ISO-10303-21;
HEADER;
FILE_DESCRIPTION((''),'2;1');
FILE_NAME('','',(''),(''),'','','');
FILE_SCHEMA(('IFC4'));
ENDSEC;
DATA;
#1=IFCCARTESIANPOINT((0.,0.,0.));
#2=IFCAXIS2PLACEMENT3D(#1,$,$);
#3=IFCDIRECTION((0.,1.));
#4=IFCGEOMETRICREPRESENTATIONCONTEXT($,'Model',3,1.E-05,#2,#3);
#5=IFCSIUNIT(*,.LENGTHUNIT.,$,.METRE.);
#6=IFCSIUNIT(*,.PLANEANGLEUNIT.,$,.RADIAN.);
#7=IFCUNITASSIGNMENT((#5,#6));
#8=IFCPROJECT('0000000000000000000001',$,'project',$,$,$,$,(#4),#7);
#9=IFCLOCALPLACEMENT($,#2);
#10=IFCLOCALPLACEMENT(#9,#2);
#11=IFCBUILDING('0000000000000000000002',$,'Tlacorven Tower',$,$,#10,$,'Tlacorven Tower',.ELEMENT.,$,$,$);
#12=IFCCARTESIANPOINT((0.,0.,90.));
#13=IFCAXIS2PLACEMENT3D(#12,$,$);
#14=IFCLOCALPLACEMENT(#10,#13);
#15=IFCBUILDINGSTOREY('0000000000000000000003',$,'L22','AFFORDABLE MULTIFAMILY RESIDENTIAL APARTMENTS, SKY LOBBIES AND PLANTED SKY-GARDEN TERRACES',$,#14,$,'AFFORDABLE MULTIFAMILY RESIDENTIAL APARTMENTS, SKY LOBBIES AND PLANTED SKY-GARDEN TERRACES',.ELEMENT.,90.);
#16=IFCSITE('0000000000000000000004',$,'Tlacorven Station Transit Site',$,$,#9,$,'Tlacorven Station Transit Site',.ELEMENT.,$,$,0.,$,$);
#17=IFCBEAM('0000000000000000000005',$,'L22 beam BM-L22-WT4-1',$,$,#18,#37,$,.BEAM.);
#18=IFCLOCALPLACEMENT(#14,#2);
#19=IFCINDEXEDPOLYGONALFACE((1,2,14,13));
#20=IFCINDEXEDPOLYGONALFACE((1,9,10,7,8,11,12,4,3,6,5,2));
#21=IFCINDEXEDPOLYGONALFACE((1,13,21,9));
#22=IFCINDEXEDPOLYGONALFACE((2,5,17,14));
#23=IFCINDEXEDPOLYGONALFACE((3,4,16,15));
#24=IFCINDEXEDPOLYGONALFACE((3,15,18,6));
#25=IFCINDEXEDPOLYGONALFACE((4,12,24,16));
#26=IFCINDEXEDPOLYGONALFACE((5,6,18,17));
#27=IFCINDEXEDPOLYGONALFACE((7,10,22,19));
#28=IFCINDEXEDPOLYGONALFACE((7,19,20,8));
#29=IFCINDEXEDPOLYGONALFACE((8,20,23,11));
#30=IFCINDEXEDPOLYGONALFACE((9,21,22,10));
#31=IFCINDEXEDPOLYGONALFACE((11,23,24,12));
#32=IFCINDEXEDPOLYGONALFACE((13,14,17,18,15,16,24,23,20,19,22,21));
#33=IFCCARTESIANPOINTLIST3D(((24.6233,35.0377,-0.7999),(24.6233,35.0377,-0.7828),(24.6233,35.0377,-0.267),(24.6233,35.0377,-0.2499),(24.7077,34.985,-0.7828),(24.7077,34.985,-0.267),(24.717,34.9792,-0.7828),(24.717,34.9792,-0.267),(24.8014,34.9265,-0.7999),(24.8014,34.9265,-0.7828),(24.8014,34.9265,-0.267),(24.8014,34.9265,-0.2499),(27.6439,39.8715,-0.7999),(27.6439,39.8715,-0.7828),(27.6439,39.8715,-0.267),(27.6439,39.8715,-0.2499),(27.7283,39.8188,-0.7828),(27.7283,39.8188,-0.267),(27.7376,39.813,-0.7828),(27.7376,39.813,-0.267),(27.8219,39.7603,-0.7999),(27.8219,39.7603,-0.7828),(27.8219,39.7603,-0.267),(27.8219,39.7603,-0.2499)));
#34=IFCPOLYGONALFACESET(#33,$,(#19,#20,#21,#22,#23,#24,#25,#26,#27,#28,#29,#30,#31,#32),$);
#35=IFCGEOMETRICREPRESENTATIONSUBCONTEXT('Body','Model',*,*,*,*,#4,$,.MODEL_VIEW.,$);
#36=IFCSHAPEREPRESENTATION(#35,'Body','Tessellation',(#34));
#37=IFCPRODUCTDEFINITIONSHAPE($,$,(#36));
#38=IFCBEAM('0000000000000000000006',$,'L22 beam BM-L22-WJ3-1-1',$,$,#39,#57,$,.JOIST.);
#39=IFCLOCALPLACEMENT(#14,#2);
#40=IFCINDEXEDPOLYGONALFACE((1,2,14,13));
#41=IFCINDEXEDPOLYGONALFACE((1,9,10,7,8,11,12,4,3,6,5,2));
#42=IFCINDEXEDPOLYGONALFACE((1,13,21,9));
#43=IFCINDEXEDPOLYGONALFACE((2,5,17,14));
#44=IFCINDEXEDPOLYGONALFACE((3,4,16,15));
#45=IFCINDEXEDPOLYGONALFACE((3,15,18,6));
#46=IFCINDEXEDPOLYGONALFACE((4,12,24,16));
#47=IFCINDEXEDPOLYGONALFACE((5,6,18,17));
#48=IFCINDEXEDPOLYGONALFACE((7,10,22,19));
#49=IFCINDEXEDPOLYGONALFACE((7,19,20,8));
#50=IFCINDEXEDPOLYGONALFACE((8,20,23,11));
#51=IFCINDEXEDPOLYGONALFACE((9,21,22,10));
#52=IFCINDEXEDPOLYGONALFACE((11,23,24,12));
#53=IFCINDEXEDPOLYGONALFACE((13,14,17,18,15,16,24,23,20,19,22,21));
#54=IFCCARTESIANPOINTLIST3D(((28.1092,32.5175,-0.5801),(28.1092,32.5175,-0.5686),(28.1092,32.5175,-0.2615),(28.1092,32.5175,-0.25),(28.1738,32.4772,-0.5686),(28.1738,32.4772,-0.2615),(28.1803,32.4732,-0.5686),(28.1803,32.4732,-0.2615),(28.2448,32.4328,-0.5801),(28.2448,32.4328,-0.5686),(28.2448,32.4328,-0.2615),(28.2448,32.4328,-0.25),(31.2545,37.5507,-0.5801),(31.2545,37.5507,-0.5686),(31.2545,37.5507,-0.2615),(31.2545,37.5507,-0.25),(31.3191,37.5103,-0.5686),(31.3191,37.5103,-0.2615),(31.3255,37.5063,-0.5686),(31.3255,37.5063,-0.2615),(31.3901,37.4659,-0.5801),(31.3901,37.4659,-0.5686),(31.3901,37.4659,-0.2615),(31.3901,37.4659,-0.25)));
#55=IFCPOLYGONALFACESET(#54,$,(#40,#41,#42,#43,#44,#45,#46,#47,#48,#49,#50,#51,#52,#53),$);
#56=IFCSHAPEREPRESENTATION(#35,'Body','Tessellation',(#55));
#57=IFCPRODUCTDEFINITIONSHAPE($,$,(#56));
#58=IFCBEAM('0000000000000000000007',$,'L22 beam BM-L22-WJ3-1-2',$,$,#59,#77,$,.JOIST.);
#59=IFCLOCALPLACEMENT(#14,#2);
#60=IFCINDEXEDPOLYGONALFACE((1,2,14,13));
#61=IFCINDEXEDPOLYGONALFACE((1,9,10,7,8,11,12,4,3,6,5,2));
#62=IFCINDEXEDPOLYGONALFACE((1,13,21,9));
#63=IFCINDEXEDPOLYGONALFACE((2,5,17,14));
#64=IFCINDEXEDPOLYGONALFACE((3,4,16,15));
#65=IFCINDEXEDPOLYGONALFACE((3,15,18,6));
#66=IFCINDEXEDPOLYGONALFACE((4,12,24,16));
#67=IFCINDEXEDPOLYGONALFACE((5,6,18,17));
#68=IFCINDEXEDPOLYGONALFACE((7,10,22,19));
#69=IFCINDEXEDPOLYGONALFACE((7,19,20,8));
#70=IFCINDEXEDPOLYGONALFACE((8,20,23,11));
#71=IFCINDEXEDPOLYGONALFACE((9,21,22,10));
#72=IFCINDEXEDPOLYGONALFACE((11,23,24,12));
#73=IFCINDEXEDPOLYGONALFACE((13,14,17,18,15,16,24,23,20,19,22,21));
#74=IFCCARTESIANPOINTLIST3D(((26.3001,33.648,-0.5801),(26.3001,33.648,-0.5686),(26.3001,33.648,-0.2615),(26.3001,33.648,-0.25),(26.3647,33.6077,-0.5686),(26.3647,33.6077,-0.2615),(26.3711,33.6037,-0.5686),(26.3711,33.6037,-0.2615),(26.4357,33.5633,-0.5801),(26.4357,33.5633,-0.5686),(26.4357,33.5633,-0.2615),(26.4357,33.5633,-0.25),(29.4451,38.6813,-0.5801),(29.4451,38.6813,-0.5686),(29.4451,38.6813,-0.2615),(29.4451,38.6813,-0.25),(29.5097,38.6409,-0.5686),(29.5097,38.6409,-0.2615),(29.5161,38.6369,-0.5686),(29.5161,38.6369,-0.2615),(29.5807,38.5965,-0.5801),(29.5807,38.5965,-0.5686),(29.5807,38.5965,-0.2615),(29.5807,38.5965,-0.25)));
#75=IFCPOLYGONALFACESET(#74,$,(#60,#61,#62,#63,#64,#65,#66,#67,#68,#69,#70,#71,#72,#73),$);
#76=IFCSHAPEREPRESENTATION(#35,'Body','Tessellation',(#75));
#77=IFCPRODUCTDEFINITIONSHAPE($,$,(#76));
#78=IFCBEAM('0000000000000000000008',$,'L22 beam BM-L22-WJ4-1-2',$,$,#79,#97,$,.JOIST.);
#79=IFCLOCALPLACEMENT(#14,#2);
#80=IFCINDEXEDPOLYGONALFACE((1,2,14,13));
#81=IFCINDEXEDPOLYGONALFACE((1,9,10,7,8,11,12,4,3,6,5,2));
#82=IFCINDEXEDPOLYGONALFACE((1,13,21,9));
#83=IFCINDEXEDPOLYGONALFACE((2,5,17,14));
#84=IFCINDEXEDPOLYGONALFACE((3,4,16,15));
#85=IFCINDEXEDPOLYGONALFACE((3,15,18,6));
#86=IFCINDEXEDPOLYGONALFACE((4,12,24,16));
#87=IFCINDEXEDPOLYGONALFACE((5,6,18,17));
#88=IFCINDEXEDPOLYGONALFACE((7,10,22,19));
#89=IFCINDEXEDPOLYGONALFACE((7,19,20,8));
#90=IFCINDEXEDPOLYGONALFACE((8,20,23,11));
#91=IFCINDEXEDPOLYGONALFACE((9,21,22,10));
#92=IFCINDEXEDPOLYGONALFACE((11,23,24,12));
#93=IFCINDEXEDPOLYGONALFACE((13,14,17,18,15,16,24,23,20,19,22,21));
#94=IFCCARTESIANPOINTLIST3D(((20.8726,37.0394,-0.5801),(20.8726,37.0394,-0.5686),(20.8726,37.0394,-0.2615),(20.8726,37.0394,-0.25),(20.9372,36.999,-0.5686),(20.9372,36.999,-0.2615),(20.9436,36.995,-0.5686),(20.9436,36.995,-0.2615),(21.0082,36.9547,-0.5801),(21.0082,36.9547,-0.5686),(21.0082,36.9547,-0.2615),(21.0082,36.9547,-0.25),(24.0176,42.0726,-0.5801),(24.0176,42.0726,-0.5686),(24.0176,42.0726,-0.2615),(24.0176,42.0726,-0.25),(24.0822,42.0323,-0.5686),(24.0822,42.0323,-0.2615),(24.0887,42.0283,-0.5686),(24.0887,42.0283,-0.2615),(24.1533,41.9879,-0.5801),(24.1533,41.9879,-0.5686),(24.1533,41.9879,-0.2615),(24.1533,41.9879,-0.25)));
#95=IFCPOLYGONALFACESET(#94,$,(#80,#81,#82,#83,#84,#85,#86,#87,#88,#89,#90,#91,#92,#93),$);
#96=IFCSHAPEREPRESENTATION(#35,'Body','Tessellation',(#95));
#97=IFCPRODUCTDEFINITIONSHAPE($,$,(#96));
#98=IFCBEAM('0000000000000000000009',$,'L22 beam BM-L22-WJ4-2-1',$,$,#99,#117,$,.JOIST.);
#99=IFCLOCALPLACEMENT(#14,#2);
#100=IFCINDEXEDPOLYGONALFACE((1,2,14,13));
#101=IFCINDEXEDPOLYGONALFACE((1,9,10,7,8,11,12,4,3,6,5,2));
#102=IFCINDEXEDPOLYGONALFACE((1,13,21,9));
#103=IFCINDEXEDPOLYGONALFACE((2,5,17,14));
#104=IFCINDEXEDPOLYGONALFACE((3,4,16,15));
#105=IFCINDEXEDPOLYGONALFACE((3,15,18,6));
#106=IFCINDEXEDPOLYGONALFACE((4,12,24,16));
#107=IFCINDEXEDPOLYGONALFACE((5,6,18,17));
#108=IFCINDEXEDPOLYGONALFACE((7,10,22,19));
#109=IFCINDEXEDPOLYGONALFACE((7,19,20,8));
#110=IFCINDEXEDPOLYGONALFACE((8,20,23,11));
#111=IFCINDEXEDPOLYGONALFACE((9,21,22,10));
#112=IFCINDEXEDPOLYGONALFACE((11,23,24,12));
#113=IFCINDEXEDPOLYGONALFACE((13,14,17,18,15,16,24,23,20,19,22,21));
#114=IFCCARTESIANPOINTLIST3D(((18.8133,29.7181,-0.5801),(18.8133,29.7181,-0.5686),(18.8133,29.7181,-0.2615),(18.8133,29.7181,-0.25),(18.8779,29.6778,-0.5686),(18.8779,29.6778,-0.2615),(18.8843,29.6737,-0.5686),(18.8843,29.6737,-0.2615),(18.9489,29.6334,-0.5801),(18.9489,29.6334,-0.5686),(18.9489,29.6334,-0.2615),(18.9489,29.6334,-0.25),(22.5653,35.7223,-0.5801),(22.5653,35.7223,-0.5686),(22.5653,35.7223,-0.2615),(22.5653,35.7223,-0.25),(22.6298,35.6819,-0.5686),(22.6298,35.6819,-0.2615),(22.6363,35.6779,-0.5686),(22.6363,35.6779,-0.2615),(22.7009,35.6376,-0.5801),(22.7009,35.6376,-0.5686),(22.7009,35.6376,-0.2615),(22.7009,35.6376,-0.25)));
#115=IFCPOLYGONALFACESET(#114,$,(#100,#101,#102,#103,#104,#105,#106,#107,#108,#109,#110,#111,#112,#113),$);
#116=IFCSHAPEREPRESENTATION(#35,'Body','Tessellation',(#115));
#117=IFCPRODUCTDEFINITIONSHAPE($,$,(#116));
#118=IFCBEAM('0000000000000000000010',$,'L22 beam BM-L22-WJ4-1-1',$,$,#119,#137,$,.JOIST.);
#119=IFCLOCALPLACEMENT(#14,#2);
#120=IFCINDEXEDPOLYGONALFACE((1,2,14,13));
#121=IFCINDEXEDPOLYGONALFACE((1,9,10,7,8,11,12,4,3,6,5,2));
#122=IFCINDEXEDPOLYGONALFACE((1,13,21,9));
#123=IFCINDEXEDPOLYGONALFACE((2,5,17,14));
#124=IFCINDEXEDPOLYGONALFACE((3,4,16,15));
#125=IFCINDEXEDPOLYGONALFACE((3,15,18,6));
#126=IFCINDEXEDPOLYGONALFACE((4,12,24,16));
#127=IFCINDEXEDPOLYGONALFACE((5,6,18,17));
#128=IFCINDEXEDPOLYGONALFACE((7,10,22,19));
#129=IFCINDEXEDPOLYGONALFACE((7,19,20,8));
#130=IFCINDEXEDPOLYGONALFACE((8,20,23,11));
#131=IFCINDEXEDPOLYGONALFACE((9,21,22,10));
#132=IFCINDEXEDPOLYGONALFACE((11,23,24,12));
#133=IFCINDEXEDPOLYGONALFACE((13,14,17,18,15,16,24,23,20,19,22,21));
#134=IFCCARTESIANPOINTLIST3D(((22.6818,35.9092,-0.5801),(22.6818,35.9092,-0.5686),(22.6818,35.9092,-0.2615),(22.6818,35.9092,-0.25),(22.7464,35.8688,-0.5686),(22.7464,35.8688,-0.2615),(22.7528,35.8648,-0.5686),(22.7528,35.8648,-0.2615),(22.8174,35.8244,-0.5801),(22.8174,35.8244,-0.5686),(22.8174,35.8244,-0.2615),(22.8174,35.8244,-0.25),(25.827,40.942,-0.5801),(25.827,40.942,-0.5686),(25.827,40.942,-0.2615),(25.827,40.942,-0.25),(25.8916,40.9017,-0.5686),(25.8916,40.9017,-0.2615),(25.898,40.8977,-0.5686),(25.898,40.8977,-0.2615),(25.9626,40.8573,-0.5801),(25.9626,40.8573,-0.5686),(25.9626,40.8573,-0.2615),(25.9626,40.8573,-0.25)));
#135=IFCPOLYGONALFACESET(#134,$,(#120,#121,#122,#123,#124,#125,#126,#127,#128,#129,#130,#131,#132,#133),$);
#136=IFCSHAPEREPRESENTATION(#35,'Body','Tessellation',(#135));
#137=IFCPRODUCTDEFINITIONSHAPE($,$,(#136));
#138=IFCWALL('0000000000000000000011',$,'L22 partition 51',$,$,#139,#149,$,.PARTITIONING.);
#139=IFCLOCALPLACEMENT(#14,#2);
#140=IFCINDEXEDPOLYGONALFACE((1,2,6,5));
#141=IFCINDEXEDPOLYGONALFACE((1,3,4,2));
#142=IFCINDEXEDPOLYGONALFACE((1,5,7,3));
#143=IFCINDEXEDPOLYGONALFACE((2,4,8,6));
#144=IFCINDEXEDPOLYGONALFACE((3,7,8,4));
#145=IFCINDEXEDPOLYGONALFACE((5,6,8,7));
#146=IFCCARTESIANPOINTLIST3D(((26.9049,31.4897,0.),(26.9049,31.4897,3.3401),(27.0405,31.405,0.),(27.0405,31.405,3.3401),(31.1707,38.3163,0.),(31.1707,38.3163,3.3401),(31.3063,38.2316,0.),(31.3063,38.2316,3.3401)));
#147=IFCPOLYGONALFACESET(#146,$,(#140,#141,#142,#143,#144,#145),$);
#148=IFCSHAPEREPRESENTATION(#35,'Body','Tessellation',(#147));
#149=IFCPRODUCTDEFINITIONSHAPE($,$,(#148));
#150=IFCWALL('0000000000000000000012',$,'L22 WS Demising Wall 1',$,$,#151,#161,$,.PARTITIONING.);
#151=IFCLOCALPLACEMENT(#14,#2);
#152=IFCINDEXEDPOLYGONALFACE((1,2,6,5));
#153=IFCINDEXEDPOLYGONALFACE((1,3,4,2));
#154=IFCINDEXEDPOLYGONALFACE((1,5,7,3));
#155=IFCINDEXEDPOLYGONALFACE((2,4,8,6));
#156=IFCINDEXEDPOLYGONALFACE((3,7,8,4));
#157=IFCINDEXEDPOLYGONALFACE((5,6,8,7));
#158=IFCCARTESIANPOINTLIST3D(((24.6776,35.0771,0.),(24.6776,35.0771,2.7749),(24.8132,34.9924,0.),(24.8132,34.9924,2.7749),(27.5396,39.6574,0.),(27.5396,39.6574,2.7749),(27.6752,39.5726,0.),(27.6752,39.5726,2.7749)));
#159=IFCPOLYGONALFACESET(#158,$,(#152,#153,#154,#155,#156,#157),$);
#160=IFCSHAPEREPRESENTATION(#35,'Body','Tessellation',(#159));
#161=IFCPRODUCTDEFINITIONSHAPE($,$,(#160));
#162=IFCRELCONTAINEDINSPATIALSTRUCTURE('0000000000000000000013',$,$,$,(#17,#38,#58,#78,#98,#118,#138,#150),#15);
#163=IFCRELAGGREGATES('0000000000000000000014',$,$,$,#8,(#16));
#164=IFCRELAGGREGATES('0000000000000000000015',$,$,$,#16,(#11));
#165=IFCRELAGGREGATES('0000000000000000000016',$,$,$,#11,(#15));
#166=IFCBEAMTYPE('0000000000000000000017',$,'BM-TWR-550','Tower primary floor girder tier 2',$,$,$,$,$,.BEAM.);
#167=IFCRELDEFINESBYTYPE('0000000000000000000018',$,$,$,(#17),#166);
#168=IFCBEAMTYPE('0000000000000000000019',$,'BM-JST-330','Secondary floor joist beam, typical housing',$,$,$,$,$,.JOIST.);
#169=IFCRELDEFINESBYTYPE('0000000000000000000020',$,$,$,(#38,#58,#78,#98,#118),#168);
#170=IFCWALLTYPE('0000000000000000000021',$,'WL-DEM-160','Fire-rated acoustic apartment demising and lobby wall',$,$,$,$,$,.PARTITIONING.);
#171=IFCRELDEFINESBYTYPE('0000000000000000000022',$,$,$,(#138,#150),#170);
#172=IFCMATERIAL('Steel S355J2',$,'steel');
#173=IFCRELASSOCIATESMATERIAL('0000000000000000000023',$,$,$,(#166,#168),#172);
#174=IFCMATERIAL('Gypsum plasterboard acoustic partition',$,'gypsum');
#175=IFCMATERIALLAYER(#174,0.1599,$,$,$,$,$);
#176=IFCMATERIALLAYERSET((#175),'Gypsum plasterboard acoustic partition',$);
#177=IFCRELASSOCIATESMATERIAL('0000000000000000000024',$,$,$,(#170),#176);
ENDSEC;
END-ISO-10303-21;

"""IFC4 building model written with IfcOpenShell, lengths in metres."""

from ifc_helpers import new_model, si_unit, direction, frame, frame_2d, origin, origin_2d, place, context, subcontext, project, spatial, rectangle, i_section, extrude, source, transform, mapped, material, layer, layer_set, material_profile, profile_set, type_object, element, save


model = new_model("IFC4")

# Units and contexts
model_context = context("Model", 3, precision=1e-05, world=origin(), true_north=direction((0.0, 1.0)))
body_context = subcontext(model_context, "Body", "Model", "MODEL_VIEW")
ifc_project = project(units=[si_unit("LENGTHUNIT", "METRE"), si_unit("PLANEANGLEUNIT", "RADIAN")], contexts=[model_context])

# Site, building, storey
site_placement = place(None, origin())
site = spatial("IfcSite", under=ifc_project, at=site_placement, Name="Tlacorven Station Transit Site", LongName="Tlacorven Station Transit Site", CompositionType="ELEMENT", RefElevation=0.0)
building_placement = place(site_placement, origin())
building = spatial("IfcBuilding", under=site, at=building_placement, Name="Tlacorven Tower", LongName="Tlacorven Tower", CompositionType="ELEMENT")
storey_placement = place(building_placement, frame((0.0, 0.0, 90.0)))
storey = spatial("IfcBuildingStorey", under=building, at=storey_placement, Name="L22", Description="AFFORDABLE MULTIFAMILY RESIDENTIAL APARTMENTS, SKY LOBBIES AND PLANTED SKY-GARDEN TERRACES", LongName="AFFORDABLE MULTIFAMILY RESIDENTIAL APARTMENTS, SKY LOBBIES AND PLANTED SKY-GARDEN TERRACES", CompositionType="ELEMENT", Elevation=90.0)

# Beams
ifc_material_1 = material(Name="Steel S355J2", Category="steel")
ifc_material_profile_1 = material_profile(ifc_material_1, i_section(OverallWidth=0.21, OverallDepth=0.55, WebThickness=0.011, FlangeThickness=0.0171, at=origin_2d()), Name="IPE 550")
ifc_profile_set_1 = profile_set([ifc_material_profile_1], Name="Steel S355J2")
beam_type_1 = type_object("IfcBeamType", Name="BM-TWR-550", Description="Tower primary floor girder tier 2", PredefinedType="BEAM", material=ifc_profile_set_1)
shared_shape_1 = source(origin(), body_context, "Body", "SweptSolid", [
    extrude(i_section(OverallWidth=0.21, OverallDepth=0.55, WebThickness=0.011, FlangeThickness=0.0171, at=origin_2d()), origin(), (0.0, 0.0, 1.0), 5.7),
])
beam_1_placement = place(storey_placement, frame((27.7329, 39.8159, -0.5249), z_axis=(-0.529926, -0.848044, 0.0), x_axis=(0.848044, -0.529926, 0.0)))
element("IfcBeam", 1, at=beam_1_placement, inside=storey, type_object=beam_type_1, Name="L22 beam BM-L22-WT4-1", PredefinedType="BEAM", context=body_context, shape_type="MappedRepresentation", body=[
    mapped(shared_shape_1, transform((0.0, 0.0, 0.0), scale=1.0)),
])
ifc_material_profile_2 = material_profile(ifc_material_1, i_section(OverallWidth=0.1599, OverallDepth=0.3301, WebThickness=0.0076, FlangeThickness=0.0115, at=origin_2d()), Name="IPE 330")
ifc_profile_set_2 = profile_set([ifc_material_profile_2], Name="Steel S355J2")
beam_type_2 = type_object("IfcBeamType", Name="BM-JST-330", Description="Secondary floor joist beam, typical housing", PredefinedType="JOIST", material=ifc_profile_set_2)
shared_shape_2 = source(origin(), body_context, "Body", "SweptSolid", [
    extrude(i_section(OverallWidth=0.1599, OverallDepth=0.3301, WebThickness=0.0076, FlangeThickness=0.0115, at=origin_2d()), origin(), (0.0, 0.0, 1.0), 5.9351),
])
for number, where, z_axis, x_axis, name in (
    (2, (31.3223, 37.5083, -0.415), (-0.52994, -0.848035, 0.0), (0.848035, -0.52994, 0.0), "L22 beam BM-L22-WJ3-1-1"),
    (3, (29.5129, 38.6389, -0.415), (-0.52991, -0.848054, 0.0), (0.848054, -0.52991, 0.0), "L22 beam BM-L22-WJ3-1-2"),
    (4, (24.0854, 42.0303, -0.415), (-0.52991, -0.848054, 0.0), (0.848054, -0.52991, 0.0), "L22 beam BM-L22-WJ4-1-2"),
):
    element("IfcBeam", number, at=place(storey_placement, frame(where, z_axis=z_axis, x_axis=x_axis)), inside=storey, type_object=beam_type_2, Name=name, PredefinedType="JOIST", context=body_context, shape_type="MappedRepresentation", body=[
        mapped(shared_shape_2, transform((0.0, 0.0, 0.0), scale=1.0)),
    ])
shared_shape_3 = source(origin(), body_context, "Body", "SweptSolid", [
    extrude(i_section(OverallWidth=0.1599, OverallDepth=0.3301, WebThickness=0.0076, FlangeThickness=0.0115, at=origin_2d()), origin(), (0.0, 0.0, 1.0), 7.0801),
])
beam_2_placement = place(storey_placement, frame((22.6331, 35.6799, -0.415), z_axis=(-0.529934, -0.848039, 0.0), x_axis=(0.848039, -0.529934, 0.0)))
element("IfcBeam", 5, at=beam_2_placement, inside=storey, type_object=beam_type_2, Name="L22 beam BM-L22-WJ4-2-1", PredefinedType="JOIST", context=body_context, shape_type="MappedRepresentation", body=[
    mapped(shared_shape_3, transform((0.0, 0.0, 0.0), scale=1.0)),
])
shared_shape_4 = source(origin(), body_context, "Body", "SweptSolid", [
    extrude(i_section(OverallWidth=0.1599, OverallDepth=0.3301, WebThickness=0.0076, FlangeThickness=0.0115, at=origin_2d()), origin(), (0.0, 0.0, 1.0), 5.9348),
])
beam_3_placement = place(storey_placement, frame((25.8948, 40.8997, -0.415), z_axis=(-0.529958, -0.848024, 0.0), x_axis=(0.848024, -0.529958, 0.0)))
element("IfcBeam", 6, at=beam_3_placement, inside=storey, type_object=beam_type_2, Name="L22 beam BM-L22-WJ4-1-1", PredefinedType="JOIST", context=body_context, shape_type="MappedRepresentation", body=[
    mapped(shared_shape_4, transform((0.0, 0.0, 0.0), scale=1.0)),
])

# Walls
ifc_material_2 = material(Name="Gypsum plasterboard acoustic partition", Category="gypsum")
ifc_layer_1 = layer(ifc_material_2, 0.1599)
ifc_layer_set_1 = layer_set([ifc_layer_1], Name="Gypsum plasterboard acoustic partition")
wall_type_1 = type_object("IfcWallType", Name="WL-DEM-160", Description="Fire-rated acoustic apartment demising and lobby wall", PredefinedType="PARTITIONING", material=ifc_layer_set_1)
wall_1_placement = place(storey_placement, frame((31.2385, 38.2739, 0.0), z_axis=(0.0, 0.0, 1.0), x_axis=(-0.529928, -0.848043, 0.0)))
element("IfcWall", 7, at=wall_1_placement, inside=storey, type_object=wall_type_1, Name="L22 partition 51", PredefinedType="PARTITIONING", context=body_context, shape_type="SweptSolid", body=[
    extrude(rectangle(XDim=8.0498, YDim=0.1599, at=frame_2d((4.0249, 0.0))), origin(), (0.0, 0.0, 1.0), 3.3401),
])
wall_2_placement = place(storey_placement, frame((27.6074, 39.615, 0.0), z_axis=(0.0, 0.0, 1.0), x_axis=(-0.529914, -0.848052, 0.0)))
element("IfcWall", 8, at=wall_2_placement, inside=storey, type_object=wall_type_1, Name="L22 WS Demising Wall 1", PredefinedType="PARTITIONING", context=body_context, shape_type="SweptSolid", body=[
    extrude(rectangle(XDim=5.4009, YDim=0.1599, at=frame_2d((2.7004, 0.0))), origin(), (0.0, 0.0, 1.0), 2.7749),
])

save(model, "model.ifc")
